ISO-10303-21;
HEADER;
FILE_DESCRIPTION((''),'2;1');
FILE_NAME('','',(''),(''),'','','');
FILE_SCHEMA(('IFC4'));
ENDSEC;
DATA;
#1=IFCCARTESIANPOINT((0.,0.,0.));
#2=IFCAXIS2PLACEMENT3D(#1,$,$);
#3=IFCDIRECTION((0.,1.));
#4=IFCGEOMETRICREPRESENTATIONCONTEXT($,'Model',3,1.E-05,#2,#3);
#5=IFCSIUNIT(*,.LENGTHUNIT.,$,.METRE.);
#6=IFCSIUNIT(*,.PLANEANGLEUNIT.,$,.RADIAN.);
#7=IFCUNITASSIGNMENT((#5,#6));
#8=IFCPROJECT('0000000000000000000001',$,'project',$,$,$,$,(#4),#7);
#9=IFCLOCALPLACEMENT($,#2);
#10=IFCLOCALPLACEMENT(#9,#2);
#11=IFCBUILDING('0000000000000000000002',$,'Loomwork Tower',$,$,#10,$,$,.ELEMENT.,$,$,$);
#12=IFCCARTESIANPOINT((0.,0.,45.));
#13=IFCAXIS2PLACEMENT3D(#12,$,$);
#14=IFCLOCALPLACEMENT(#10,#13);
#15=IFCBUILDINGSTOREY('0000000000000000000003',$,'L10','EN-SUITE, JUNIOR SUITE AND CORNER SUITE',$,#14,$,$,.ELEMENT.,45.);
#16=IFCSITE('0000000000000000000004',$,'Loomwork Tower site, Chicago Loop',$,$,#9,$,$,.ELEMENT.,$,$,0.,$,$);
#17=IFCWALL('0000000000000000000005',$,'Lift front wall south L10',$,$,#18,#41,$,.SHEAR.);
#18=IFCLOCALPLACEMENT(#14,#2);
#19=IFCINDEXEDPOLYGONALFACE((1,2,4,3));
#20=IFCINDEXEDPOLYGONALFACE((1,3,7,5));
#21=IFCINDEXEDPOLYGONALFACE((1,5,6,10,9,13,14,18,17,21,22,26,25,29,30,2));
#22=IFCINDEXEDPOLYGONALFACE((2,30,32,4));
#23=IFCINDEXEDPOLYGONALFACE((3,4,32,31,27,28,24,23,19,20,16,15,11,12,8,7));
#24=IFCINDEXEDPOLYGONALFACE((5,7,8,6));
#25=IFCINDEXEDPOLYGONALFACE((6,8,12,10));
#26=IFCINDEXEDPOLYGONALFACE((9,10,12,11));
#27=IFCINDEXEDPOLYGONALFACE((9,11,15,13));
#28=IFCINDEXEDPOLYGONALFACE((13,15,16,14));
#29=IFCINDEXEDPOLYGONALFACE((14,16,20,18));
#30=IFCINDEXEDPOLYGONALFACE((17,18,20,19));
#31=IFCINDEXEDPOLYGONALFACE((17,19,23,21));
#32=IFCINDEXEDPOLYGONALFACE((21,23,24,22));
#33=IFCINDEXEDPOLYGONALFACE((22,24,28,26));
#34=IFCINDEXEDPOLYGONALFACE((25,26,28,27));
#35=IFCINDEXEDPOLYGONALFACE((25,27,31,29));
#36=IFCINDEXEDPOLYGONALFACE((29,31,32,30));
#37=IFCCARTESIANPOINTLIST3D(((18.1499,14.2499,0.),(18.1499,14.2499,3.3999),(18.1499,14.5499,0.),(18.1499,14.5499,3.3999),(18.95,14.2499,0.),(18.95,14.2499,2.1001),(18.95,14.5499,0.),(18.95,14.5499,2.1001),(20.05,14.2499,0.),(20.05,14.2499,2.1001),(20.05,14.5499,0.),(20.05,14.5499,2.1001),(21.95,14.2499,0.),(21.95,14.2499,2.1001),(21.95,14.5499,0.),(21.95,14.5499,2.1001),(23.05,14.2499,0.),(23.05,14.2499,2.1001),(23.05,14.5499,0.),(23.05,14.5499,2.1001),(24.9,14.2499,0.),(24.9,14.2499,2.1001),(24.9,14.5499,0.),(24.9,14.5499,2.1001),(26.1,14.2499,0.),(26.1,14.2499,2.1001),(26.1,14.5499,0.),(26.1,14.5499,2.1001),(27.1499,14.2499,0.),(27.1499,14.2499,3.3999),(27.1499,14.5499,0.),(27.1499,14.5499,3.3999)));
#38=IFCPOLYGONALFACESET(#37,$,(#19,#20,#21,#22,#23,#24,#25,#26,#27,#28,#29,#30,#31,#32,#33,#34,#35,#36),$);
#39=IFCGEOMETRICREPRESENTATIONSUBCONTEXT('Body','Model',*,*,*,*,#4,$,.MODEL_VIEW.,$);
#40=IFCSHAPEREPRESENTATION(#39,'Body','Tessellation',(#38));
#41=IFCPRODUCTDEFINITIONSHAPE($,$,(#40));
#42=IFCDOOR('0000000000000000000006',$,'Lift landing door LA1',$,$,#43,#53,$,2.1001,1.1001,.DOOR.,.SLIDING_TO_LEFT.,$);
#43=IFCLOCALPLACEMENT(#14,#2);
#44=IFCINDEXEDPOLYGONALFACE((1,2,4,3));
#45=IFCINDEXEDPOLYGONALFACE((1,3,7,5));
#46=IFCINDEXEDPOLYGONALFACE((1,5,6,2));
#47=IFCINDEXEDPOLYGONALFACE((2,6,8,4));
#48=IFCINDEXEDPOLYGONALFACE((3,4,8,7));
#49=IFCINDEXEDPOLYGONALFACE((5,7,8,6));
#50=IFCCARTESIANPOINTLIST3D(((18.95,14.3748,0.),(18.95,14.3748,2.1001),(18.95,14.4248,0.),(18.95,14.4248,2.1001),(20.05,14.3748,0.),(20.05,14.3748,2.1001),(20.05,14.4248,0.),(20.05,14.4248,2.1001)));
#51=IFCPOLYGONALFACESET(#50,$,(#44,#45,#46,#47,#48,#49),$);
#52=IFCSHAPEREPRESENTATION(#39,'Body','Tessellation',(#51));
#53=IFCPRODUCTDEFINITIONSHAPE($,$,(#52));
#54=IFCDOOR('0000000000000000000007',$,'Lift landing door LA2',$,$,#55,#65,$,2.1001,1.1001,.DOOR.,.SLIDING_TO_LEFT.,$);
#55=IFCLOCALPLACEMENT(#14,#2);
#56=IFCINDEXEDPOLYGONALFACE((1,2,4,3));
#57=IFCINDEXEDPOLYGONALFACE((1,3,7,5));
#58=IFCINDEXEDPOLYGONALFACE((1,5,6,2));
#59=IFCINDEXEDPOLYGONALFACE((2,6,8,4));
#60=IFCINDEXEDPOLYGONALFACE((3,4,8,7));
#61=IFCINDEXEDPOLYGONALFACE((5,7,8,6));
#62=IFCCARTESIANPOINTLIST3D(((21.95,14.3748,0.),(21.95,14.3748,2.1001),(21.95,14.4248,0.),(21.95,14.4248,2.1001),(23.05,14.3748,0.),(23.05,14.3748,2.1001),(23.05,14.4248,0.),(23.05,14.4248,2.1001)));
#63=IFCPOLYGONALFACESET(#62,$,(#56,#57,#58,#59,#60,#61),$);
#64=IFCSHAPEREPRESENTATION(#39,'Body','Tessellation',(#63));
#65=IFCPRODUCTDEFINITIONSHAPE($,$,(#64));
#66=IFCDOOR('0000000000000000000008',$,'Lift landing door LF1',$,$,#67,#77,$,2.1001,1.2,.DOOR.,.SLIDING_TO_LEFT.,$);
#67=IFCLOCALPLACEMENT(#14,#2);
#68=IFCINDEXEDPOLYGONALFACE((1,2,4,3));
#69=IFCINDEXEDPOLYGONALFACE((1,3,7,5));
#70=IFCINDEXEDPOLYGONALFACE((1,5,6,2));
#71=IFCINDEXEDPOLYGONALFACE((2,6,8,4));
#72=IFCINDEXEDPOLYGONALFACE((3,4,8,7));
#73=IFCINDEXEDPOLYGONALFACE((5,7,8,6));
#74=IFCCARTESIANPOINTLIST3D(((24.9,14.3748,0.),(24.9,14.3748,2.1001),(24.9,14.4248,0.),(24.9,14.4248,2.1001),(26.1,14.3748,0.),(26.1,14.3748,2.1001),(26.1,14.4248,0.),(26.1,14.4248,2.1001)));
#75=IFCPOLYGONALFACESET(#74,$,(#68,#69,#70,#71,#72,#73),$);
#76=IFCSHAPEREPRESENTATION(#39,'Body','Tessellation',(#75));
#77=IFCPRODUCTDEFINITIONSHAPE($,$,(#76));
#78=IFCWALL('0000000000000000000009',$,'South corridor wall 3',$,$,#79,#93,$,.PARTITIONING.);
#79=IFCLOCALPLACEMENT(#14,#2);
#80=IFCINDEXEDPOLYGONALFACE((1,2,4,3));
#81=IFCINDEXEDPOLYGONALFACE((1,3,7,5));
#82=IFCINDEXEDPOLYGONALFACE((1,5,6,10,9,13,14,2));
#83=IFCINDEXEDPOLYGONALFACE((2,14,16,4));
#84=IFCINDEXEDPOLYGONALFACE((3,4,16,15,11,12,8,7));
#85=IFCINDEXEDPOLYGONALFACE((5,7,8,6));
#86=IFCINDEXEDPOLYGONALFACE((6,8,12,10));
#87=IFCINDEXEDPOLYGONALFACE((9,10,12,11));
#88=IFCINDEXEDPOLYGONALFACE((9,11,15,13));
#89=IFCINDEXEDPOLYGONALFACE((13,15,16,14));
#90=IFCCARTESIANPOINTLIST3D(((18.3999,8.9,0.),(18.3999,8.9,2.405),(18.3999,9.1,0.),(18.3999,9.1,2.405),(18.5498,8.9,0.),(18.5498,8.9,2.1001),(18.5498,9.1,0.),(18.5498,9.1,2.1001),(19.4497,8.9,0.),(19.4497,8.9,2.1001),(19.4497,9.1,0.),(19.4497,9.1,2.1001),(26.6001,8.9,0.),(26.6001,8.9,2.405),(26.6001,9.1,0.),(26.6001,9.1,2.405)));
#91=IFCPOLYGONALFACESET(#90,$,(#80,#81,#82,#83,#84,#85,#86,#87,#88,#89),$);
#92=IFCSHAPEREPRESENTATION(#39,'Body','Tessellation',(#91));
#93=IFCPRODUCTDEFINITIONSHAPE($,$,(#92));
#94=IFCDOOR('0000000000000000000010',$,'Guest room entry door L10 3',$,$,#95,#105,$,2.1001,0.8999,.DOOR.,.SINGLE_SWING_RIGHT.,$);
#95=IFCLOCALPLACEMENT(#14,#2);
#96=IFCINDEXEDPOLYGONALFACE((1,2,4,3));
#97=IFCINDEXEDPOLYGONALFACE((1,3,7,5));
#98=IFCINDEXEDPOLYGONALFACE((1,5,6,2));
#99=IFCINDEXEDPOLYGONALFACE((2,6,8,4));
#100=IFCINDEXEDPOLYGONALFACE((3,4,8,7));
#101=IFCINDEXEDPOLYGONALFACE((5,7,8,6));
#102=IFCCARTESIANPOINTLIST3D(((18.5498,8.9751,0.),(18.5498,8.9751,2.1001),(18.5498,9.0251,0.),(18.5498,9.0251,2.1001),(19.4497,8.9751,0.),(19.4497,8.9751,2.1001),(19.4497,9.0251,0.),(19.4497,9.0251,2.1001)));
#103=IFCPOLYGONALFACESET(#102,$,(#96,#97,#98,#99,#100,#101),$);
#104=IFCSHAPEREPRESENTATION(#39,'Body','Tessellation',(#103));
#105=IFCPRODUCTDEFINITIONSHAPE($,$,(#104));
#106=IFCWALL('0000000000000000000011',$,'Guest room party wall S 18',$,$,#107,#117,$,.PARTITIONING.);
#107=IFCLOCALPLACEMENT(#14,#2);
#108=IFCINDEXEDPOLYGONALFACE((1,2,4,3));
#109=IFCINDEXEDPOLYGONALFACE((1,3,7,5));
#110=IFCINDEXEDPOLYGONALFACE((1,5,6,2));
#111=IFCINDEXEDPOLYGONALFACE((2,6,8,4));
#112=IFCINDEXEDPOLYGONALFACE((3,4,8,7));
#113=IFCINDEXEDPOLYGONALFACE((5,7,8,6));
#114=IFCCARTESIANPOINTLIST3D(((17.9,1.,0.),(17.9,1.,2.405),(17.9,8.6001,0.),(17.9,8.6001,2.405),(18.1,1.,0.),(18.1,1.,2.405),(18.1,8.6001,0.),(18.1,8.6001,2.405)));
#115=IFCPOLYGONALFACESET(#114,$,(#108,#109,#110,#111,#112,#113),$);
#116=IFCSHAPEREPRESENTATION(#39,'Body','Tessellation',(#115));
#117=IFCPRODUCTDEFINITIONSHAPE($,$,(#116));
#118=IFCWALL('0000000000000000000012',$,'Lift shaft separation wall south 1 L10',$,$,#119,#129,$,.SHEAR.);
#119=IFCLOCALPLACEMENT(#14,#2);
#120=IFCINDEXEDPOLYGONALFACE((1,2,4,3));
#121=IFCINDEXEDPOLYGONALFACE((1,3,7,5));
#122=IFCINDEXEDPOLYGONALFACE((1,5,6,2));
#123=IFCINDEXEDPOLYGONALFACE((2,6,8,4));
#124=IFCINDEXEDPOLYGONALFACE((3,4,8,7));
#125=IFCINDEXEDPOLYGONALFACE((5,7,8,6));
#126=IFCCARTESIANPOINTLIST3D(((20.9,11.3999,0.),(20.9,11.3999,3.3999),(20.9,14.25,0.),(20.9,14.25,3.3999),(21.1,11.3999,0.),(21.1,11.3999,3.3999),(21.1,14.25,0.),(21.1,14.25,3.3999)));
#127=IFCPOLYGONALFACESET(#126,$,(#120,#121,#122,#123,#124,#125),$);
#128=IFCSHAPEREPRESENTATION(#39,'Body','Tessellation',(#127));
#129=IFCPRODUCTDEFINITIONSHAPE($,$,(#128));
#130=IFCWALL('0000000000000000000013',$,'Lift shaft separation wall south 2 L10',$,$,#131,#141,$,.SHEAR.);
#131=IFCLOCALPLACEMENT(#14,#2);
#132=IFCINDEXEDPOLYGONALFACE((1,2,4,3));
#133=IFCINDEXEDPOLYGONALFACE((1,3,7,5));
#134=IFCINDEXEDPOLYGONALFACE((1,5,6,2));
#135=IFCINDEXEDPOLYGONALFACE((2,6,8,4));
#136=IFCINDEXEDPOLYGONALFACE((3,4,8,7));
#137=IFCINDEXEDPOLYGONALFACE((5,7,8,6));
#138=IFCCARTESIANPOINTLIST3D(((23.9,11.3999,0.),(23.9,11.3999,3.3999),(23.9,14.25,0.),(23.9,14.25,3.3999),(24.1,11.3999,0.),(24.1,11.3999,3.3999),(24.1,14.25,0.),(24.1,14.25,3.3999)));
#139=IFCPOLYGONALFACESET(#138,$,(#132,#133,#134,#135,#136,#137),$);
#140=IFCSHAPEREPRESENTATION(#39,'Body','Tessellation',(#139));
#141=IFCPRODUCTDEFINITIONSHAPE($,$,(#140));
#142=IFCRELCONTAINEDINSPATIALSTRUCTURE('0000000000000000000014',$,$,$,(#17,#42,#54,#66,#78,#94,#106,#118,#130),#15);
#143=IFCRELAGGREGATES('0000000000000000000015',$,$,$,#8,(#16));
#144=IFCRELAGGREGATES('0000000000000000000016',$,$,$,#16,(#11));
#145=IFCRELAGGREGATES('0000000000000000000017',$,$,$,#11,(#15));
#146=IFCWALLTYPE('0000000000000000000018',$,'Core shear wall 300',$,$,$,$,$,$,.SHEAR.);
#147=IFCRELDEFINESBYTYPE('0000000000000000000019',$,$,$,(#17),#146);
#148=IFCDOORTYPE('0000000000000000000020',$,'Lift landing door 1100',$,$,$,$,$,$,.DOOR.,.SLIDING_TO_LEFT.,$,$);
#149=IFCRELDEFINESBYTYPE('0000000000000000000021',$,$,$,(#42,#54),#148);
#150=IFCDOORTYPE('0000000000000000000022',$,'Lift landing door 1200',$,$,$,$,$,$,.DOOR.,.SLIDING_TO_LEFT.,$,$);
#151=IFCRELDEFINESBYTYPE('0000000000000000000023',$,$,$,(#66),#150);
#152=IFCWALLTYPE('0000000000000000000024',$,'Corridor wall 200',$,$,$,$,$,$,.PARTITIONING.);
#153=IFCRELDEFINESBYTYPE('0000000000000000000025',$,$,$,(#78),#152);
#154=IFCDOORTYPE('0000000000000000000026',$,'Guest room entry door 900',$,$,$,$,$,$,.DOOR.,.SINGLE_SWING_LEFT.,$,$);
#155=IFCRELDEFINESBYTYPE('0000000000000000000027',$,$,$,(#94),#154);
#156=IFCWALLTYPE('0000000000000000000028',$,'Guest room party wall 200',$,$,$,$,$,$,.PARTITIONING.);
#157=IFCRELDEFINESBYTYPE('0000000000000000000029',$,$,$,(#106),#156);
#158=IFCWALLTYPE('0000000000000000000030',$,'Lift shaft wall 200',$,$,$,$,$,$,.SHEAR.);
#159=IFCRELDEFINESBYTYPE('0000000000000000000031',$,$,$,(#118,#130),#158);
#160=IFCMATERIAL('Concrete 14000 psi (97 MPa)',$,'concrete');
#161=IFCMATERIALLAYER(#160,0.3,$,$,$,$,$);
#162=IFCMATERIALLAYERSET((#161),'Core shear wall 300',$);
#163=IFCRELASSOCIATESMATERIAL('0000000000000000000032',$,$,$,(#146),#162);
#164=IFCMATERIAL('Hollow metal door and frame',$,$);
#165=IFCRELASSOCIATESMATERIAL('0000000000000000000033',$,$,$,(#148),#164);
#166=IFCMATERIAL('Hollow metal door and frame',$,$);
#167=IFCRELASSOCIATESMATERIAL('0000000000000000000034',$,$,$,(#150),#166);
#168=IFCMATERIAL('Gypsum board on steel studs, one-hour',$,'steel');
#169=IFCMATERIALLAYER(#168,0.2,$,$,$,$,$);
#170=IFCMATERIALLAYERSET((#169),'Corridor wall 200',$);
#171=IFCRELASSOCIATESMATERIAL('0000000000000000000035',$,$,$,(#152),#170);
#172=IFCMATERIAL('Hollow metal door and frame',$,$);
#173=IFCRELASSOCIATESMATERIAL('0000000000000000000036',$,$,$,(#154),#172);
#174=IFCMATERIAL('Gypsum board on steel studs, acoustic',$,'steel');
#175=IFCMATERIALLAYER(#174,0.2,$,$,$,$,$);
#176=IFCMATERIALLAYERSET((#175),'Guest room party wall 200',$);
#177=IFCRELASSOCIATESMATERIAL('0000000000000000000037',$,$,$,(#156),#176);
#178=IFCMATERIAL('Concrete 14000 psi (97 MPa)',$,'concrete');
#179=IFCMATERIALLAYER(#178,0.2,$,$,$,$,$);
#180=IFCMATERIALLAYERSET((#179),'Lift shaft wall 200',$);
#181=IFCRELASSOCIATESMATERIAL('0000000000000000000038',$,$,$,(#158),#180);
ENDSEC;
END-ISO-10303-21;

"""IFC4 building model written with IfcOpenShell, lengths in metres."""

from ifc_helpers import new_model, si_unit, direction, frame, frame_2d, origin, place, context, subcontext, project, spatial, rectangle, extrude, material, layer, layer_set, type_object, element, fill, save


model = new_model("IFC4")

# Units and contexts
model_context = context("Model", 3, precision=1e-05, world=origin(), true_north=direction((0.0, 1.0)))
body_context = subcontext(model_context, "Body", "Model", "MODEL_VIEW")
ifc_project = project(units=[si_unit("LENGTHUNIT", "METRE"), si_unit("PLANEANGLEUNIT", "RADIAN")], contexts=[model_context])

# Site, building, storey
site_placement = place(None, origin())
site = spatial("IfcSite", under=ifc_project, at=site_placement, Name="Loomwork Tower site, Chicago Loop", CompositionType="ELEMENT", RefElevation=0.0)
building_placement = place(site_placement, origin())
building = spatial("IfcBuilding", under=site, at=building_placement, Name="Loomwork Tower", CompositionType="ELEMENT")
storey_placement = place(building_placement, frame((0.0, 0.0, 45.0)))
storey = spatial("IfcBuildingStorey", under=building, at=storey_placement, Name="L10", Description="EN-SUITE, JUNIOR SUITE AND CORNER SUITE", CompositionType="ELEMENT", Elevation=45.0)

# Wall, openings, doors
ifc_material_1 = material(Name="Concrete 14000 psi (97 MPa)", Category="concrete")
ifc_layer_1 = layer(ifc_material_1, 0.3)
ifc_layer_set_1 = layer_set([ifc_layer_1], Name="Core shear wall 300")
wall_type_1 = type_object("IfcWallType", Name="Core shear wall 300", PredefinedType="SHEAR", material=ifc_layer_set_1)
wall_1_placement = place(storey_placement, frame((18.1499, 14.3999, 0.0), z_axis=(0.0, 0.0, 1.0), x_axis=(1.0, 0.0, 0.0)))
wall_1 = element("IfcWall", 1, at=wall_1_placement, inside=storey, type_object=wall_type_1, Name="Lift front wall south L10", PredefinedType="SHEAR", context=body_context, shape_type="SweptSolid", body=[
    extrude(rectangle(XDim=9.0, YDim=0.3, at=frame_2d((4.5, 0.0))), origin(), (0.0, 0.0, 1.0), 3.3999),
])
opening_1_placement = place(wall_1_placement, frame((0.8, 0.0, 0.0)))
opening_1 = element("IfcOpeningElement", 2, at=opening_1_placement, cuts=wall_1, PredefinedType="OPENING", context=body_context, shape_type="SweptSolid", body=[
    extrude(rectangle(XDim=1.1001, YDim=2.1001, at=frame_2d((0.55, 1.05))), frame((0.0, 0.1599, 0.0), z_axis=(0.0, -1.0, 0.0), x_axis=(1.0, 0.0, 0.0)), (0.0, 0.0, 1.0), 0.3201),
])
opening_2_placement = place(wall_1_placement, frame((3.8, 0.0, 0.0)))
opening_2 = element("IfcOpeningElement", 3, at=opening_2_placement, cuts=wall_1, PredefinedType="OPENING", context=body_context, shape_type="SweptSolid", body=[
    extrude(rectangle(XDim=1.1001, YDim=2.1001, at=frame_2d((0.55, 1.05))), frame((0.0, 0.1599, 0.0), z_axis=(0.0, -1.0, 0.0), x_axis=(1.0, 0.0, 0.0)), (0.0, 0.0, 1.0), 0.3201),
])
opening_3_placement = place(wall_1_placement, frame((6.75, 0.0, 0.0)))
opening_3 = element("IfcOpeningElement", 4, at=opening_3_placement, cuts=wall_1, PredefinedType="OPENING", context=body_context, shape_type="SweptSolid", body=[
    extrude(rectangle(XDim=1.2, YDim=2.1001, at=frame_2d((0.6001, 1.05))), frame((0.0, 0.1599, 0.0), z_axis=(0.0, -1.0, 0.0), x_axis=(1.0, 0.0, 0.0)), (0.0, 0.0, 1.0), 0.3201),
])
ifc_material_2 = material(Name="Hollow metal door and frame")
door_type_1 = type_object("IfcDoorType", Name="Lift landing door 1100", OperationType="SLIDING_TO_LEFT", PredefinedType="DOOR", material=ifc_material_2)
door_1_placement = place(opening_1_placement, origin())
door_1 = element("IfcDoor", 5, at=door_1_placement, inside=storey, type_object=door_type_1, Name="Lift landing door LA1", OperationType="SLIDING_TO_LEFT", OverallHeight=2.1001, OverallWidth=1.1001, PredefinedType="DOOR", context=body_context, shape_type="SweptSolid", body=[
    extrude(rectangle(XDim=1.1001, YDim=2.1001, at=frame_2d((0.55, 1.05))), frame((0.0, 0.0249, 0.0), z_axis=(0.0, -1.0, 0.0), x_axis=(1.0, 0.0, 0.0)), (0.0, 0.0, 1.0), 0.05),
])
fill(opening_1, door_1)
door_2_placement = place(opening_2_placement, origin())
door_2 = element("IfcDoor", 6, at=door_2_placement, inside=storey, type_object=door_type_1, Name="Lift landing door LA2", OperationType="SLIDING_TO_LEFT", OverallHeight=2.1001, OverallWidth=1.1001, PredefinedType="DOOR", context=body_context, shape_type="SweptSolid", body=[
    extrude(rectangle(XDim=1.1001, YDim=2.1001, at=frame_2d((0.55, 1.05))), frame((0.0, 0.0249, 0.0), z_axis=(0.0, -1.0, 0.0), x_axis=(1.0, 0.0, 0.0)), (0.0, 0.0, 1.0), 0.05),
])
fill(opening_2, door_2)
ifc_material_3 = material(Name="Hollow metal door and frame")
door_type_2 = type_object("IfcDoorType", Name="Lift landing door 1200", OperationType="SLIDING_TO_LEFT", PredefinedType="DOOR", material=ifc_material_3)
door_3_placement = place(opening_3_placement, origin())
door_3 = element("IfcDoor", 7, at=door_3_placement, inside=storey, type_object=door_type_2, Name="Lift landing door LF1", OperationType="SLIDING_TO_LEFT", OverallHeight=2.1001, OverallWidth=1.2, PredefinedType="DOOR", context=body_context, shape_type="SweptSolid", body=[
    extrude(rectangle(XDim=1.2, YDim=2.1001, at=frame_2d((0.6001, 1.05))), frame((0.0, 0.0249, 0.0), z_axis=(0.0, -1.0, 0.0), x_axis=(1.0, 0.0, 0.0)), (0.0, 0.0, 1.0), 0.05),
])
fill(opening_3, door_3)

# Wall, opening, door
ifc_material_4 = material(Name="Gypsum board on steel studs, one-hour", Category="steel")
ifc_layer_2 = layer(ifc_material_4, 0.2)
ifc_layer_set_2 = layer_set([ifc_layer_2], Name="Corridor wall 200")
wall_type_2 = type_object("IfcWallType", Name="Corridor wall 200", PredefinedType="PARTITIONING", material=ifc_layer_set_2)
wall_2_placement = place(storey_placement, frame((18.3999, 9.0, 0.0), z_axis=(0.0, 0.0, 1.0), x_axis=(1.0, 0.0, 0.0)))
wall_2 = element("IfcWall", 8, at=wall_2_placement, inside=storey, type_object=wall_type_2, Name="South corridor wall 3", PredefinedType="PARTITIONING", context=body_context, shape_type="SweptSolid", body=[
    extrude(rectangle(XDim=8.2002, YDim=0.2, at=frame_2d((4.1001, 0.0))), origin(), (0.0, 0.0, 1.0), 2.405),
])
opening_4_placement = place(wall_2_placement, frame((0.1499, 0.0, 0.0)))
opening_4 = element("IfcOpeningElement", 9, at=opening_4_placement, cuts=wall_2, PredefinedType="OPENING", context=body_context, shape_type="SweptSolid", body=[
    extrude(rectangle(XDim=0.8999, YDim=2.1001, at=frame_2d((0.45, 1.05))), frame((0.0, 0.1099, 0.0), z_axis=(0.0, -1.0, 0.0), x_axis=(1.0, 0.0, 0.0)), (0.0, 0.0, 1.0), 0.22),
])
ifc_material_5 = material(Name="Hollow metal door and frame")
door_type_3 = type_object("IfcDoorType", Name="Guest room entry door 900", OperationType="SINGLE_SWING_LEFT", PredefinedType="DOOR", material=ifc_material_5)
door_4_placement = place(opening_4_placement, frame((0.8999, 0.0, 0.0), z_axis=(0.0, 0.0, 1.0), x_axis=(-1.0, 0.0, 0.0)))
door_4 = element("IfcDoor", 10, at=door_4_placement, inside=storey, type_object=door_type_3, Name="Guest room entry door L10 3", OperationType="SINGLE_SWING_RIGHT", OverallHeight=2.1001, OverallWidth=0.8999, PredefinedType="DOOR", context=body_context, shape_type="SweptSolid", body=[
    extrude(rectangle(XDim=0.8999, YDim=2.1001, at=frame_2d((0.45, 1.05))), frame((0.0, 0.0249, 0.0), z_axis=(0.0, -1.0, 0.0), x_axis=(1.0, 0.0, 0.0)), (0.0, 0.0, 1.0), 0.05),
])
fill(opening_4, door_4)

# Walls
ifc_material_6 = material(Name="Gypsum board on steel studs, acoustic", Category="steel")
ifc_layer_3 = layer(ifc_material_6, 0.2)
ifc_layer_set_3 = layer_set([ifc_layer_3], Name="Guest room party wall 200")
wall_type_3 = type_object("IfcWallType", Name="Guest room party wall 200", PredefinedType="PARTITIONING", material=ifc_layer_set_3)
wall_3_placement = place(storey_placement, frame((18.0, 8.6001, 0.0), z_axis=(0.0, 0.0, 1.0), x_axis=(0.0, -1.0, 0.0)))
element("IfcWall", 11, at=wall_3_placement, inside=storey, type_object=wall_type_3, Name="Guest room party wall S 18", PredefinedType="PARTITIONING", context=body_context, shape_type="SweptSolid", body=[
    extrude(rectangle(XDim=7.6001, YDim=0.2, at=frame_2d((3.8, 0.0))), origin(), (0.0, 0.0, 1.0), 2.405),
])
ifc_material_7 = material(Name="Concrete 14000 psi (97 MPa)", Category="concrete")
ifc_layer_4 = layer(ifc_material_7, 0.2)
ifc_layer_set_4 = layer_set([ifc_layer_4], Name="Lift shaft wall 200")
wall_type_4 = type_object("IfcWallType", Name="Lift shaft wall 200", PredefinedType="SHEAR", material=ifc_layer_set_4)
for number, where, z_axis, x_axis, name in (
    (12, (21.0, 11.3999, 0.0), (0.0, 0.0, 1.0), (0.0, 1.0, 0.0), "Lift shaft separation wall south 1 L10"),
    (13, (24.0, 11.3999, 0.0), (0.0, 0.0, 1.0), (0.0, 1.0, 0.0), "Lift shaft separation wall south 2 L10"),
):
    element("IfcWall", number, at=place(storey_placement, frame(where, z_axis=z_axis, x_axis=x_axis)), inside=storey, type_object=wall_type_4, Name=name, PredefinedType="SHEAR", context=body_context, shape_type="SweptSolid", body=[
        extrude(rectangle(XDim=2.8501, YDim=0.2, at=frame_2d((1.425, 0.0))), origin(), (0.0, 0.0, 1.0), 3.3999),
    ])

save(model, "model.ifc")
